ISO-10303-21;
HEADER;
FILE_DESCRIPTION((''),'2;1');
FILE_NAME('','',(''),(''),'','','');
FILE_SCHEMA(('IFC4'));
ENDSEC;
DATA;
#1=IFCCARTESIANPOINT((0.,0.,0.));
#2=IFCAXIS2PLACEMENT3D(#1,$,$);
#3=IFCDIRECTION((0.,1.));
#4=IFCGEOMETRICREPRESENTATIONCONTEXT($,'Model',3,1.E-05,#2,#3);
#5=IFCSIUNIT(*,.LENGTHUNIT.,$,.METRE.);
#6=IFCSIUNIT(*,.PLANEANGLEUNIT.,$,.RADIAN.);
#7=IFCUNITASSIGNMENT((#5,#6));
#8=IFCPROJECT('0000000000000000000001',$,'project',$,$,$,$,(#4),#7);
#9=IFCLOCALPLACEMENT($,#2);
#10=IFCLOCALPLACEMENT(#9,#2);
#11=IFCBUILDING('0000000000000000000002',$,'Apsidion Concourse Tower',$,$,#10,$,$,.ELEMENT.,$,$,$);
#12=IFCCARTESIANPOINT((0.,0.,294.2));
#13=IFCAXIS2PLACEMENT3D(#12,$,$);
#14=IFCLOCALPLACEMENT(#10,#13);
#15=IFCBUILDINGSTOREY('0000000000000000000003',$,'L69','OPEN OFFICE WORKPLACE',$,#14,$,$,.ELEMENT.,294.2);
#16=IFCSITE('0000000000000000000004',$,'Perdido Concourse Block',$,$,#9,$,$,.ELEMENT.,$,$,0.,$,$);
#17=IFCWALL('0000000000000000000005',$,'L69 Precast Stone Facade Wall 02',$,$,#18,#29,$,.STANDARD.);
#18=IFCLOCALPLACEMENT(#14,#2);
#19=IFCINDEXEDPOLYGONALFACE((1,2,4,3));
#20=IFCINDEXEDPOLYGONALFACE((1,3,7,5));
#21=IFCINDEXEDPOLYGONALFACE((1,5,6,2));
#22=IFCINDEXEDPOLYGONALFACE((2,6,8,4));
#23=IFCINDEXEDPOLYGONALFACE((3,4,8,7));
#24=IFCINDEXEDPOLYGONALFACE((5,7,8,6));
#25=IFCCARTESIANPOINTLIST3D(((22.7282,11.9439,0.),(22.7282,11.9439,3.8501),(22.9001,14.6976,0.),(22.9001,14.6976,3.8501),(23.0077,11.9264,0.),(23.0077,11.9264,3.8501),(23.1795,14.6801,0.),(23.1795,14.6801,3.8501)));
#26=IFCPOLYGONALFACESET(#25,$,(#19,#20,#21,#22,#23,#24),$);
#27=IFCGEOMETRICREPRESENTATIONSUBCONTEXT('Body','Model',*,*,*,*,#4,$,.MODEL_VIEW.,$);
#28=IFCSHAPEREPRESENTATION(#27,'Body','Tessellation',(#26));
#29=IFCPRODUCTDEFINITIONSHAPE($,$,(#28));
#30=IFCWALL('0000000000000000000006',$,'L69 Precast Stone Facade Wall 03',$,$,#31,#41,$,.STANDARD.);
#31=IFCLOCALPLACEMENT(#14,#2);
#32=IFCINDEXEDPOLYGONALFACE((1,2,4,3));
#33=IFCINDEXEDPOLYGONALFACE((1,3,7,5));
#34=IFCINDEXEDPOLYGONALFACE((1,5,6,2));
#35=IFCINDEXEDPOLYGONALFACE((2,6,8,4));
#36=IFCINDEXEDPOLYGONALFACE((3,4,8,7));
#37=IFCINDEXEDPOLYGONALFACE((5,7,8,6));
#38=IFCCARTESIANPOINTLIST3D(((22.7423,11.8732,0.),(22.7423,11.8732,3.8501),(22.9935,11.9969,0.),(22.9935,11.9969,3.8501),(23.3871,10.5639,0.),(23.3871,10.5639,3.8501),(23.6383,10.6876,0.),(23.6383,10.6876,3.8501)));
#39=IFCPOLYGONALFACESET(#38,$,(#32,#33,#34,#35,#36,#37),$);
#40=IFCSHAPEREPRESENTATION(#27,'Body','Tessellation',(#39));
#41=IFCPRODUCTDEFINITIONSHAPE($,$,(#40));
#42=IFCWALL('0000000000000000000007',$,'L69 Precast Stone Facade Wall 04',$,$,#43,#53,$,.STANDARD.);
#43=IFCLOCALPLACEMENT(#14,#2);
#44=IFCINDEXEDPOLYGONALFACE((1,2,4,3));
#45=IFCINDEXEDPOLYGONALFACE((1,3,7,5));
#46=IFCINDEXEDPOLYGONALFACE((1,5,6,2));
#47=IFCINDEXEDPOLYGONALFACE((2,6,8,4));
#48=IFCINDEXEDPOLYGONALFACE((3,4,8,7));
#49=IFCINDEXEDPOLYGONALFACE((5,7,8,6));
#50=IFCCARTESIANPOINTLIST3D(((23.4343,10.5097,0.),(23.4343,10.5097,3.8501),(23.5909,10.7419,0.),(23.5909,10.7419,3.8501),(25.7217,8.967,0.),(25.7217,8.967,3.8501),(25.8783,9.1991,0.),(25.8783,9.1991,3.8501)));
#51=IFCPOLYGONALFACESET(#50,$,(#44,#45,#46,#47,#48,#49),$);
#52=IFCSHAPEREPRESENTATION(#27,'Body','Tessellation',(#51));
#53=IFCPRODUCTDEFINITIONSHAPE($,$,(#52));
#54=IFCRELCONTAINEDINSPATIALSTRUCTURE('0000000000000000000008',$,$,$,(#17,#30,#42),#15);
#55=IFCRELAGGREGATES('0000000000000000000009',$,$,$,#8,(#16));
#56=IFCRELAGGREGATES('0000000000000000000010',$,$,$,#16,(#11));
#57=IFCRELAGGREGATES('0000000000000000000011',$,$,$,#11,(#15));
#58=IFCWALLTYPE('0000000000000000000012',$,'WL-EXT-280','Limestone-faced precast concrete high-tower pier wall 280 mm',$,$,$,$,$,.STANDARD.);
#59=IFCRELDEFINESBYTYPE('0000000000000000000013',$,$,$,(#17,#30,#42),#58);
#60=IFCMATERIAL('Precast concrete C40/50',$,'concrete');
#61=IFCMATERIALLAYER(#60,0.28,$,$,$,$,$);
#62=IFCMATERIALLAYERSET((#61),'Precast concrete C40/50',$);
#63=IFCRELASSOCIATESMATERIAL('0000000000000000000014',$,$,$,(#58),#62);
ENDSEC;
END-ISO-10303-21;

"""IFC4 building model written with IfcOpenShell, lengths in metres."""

from ifc_helpers import new_model, si_unit, direction, frame, frame_2d, origin, place, context, subcontext, project, spatial, rectangle, extrude, material, layer, layer_set, type_object, element, save


model = new_model("IFC4")

# Units and contexts
model_context = context("Model", 3, precision=1e-05, world=origin(), true_north=direction((0.0, 1.0)))
body_context = subcontext(model_context, "Body", "Model", "MODEL_VIEW")
ifc_project = project(units=[si_unit("LENGTHUNIT", "METRE"), si_unit("PLANEANGLEUNIT", "RADIAN")], contexts=[model_context])

# Site, building, storey
site_placement = place(None, origin())
site = spatial("IfcSite", under=ifc_project, at=site_placement, Name="Perdido Concourse Block", CompositionType="ELEMENT", RefElevation=0.0)
building_placement = place(site_placement, origin())
building = spatial("IfcBuilding", under=site, at=building_placement, Name="Apsidion Concourse Tower", CompositionType="ELEMENT")
storey_placement = place(building_placement, frame((0.0, 0.0, 294.2)))
storey = spatial("IfcBuildingStorey", under=building, at=storey_placement, Name="L69", Description="OPEN OFFICE WORKPLACE", CompositionType="ELEMENT", Elevation=294.2)

# Walls
ifc_material_1 = material(Name="Precast concrete C40/50", Category="concrete")
ifc_layer_1 = layer(ifc_material_1, 0.28)
ifc_layer_set_1 = layer_set([ifc_layer_1], Name="Precast concrete C40/50")
wall_type_1 = type_object("IfcWallType", Name="WL-EXT-280", Description="Limestone-faced precast concrete high-tower pier wall 280 mm", PredefinedType="STANDARD", material=ifc_layer_set_1)
wall_1_placement = place(storey_placement, frame((23.0398, 14.6887, 0.0), z_axis=(0.0, 0.0, 1.0), x_axis=(-0.062296, -0.998058, 0.0)))
element("IfcWall", 1, at=wall_1_placement, inside=storey, type_object=wall_type_1, Name="L69 Precast Stone Facade Wall 02", PredefinedType="STANDARD", context=body_context, shape_type="SweptSolid", body=[
    extrude(rectangle(XDim=2.759, YDim=0.28, at=frame_2d((1.3794, 0.0))), origin(), (0.0, 0.0, 1.0), 3.8501),
])
wall_2_placement = place(storey_placement, frame((22.8679, 11.9351, 0.0), z_axis=(0.0, 0.0, 1.0), x_axis=(0.441786, -0.897121, 0.0)))
element("IfcWall", 2, at=wall_2_placement, inside=storey, type_object=wall_type_1, Name="L69 Precast Stone Facade Wall 03", PredefinedType="STANDARD", context=body_context, shape_type="SweptSolid", body=[
    extrude(rectangle(XDim=1.4595, YDim=0.28, at=frame_2d((0.7297, 0.0))), origin(), (0.0, 0.0, 1.0), 3.8501),
])
wall_3_placement = place(storey_placement, frame((23.5127, 10.6257, 0.0), z_axis=(0.0, 0.0, 1.0), x_axis=(0.829057, -0.559164, 0.0)))
element("IfcWall", 3, at=wall_3_placement, inside=storey, type_object=wall_type_1, Name="L69 Precast Stone Facade Wall 04", PredefinedType="STANDARD", context=body_context, shape_type="SweptSolid", body=[
    extrude(rectangle(XDim=2.759, YDim=0.28, at=frame_2d((1.3794, 0.0))), origin(), (0.0, 0.0, 1.0), 3.8501),
])

save(model, "model.ifc")
